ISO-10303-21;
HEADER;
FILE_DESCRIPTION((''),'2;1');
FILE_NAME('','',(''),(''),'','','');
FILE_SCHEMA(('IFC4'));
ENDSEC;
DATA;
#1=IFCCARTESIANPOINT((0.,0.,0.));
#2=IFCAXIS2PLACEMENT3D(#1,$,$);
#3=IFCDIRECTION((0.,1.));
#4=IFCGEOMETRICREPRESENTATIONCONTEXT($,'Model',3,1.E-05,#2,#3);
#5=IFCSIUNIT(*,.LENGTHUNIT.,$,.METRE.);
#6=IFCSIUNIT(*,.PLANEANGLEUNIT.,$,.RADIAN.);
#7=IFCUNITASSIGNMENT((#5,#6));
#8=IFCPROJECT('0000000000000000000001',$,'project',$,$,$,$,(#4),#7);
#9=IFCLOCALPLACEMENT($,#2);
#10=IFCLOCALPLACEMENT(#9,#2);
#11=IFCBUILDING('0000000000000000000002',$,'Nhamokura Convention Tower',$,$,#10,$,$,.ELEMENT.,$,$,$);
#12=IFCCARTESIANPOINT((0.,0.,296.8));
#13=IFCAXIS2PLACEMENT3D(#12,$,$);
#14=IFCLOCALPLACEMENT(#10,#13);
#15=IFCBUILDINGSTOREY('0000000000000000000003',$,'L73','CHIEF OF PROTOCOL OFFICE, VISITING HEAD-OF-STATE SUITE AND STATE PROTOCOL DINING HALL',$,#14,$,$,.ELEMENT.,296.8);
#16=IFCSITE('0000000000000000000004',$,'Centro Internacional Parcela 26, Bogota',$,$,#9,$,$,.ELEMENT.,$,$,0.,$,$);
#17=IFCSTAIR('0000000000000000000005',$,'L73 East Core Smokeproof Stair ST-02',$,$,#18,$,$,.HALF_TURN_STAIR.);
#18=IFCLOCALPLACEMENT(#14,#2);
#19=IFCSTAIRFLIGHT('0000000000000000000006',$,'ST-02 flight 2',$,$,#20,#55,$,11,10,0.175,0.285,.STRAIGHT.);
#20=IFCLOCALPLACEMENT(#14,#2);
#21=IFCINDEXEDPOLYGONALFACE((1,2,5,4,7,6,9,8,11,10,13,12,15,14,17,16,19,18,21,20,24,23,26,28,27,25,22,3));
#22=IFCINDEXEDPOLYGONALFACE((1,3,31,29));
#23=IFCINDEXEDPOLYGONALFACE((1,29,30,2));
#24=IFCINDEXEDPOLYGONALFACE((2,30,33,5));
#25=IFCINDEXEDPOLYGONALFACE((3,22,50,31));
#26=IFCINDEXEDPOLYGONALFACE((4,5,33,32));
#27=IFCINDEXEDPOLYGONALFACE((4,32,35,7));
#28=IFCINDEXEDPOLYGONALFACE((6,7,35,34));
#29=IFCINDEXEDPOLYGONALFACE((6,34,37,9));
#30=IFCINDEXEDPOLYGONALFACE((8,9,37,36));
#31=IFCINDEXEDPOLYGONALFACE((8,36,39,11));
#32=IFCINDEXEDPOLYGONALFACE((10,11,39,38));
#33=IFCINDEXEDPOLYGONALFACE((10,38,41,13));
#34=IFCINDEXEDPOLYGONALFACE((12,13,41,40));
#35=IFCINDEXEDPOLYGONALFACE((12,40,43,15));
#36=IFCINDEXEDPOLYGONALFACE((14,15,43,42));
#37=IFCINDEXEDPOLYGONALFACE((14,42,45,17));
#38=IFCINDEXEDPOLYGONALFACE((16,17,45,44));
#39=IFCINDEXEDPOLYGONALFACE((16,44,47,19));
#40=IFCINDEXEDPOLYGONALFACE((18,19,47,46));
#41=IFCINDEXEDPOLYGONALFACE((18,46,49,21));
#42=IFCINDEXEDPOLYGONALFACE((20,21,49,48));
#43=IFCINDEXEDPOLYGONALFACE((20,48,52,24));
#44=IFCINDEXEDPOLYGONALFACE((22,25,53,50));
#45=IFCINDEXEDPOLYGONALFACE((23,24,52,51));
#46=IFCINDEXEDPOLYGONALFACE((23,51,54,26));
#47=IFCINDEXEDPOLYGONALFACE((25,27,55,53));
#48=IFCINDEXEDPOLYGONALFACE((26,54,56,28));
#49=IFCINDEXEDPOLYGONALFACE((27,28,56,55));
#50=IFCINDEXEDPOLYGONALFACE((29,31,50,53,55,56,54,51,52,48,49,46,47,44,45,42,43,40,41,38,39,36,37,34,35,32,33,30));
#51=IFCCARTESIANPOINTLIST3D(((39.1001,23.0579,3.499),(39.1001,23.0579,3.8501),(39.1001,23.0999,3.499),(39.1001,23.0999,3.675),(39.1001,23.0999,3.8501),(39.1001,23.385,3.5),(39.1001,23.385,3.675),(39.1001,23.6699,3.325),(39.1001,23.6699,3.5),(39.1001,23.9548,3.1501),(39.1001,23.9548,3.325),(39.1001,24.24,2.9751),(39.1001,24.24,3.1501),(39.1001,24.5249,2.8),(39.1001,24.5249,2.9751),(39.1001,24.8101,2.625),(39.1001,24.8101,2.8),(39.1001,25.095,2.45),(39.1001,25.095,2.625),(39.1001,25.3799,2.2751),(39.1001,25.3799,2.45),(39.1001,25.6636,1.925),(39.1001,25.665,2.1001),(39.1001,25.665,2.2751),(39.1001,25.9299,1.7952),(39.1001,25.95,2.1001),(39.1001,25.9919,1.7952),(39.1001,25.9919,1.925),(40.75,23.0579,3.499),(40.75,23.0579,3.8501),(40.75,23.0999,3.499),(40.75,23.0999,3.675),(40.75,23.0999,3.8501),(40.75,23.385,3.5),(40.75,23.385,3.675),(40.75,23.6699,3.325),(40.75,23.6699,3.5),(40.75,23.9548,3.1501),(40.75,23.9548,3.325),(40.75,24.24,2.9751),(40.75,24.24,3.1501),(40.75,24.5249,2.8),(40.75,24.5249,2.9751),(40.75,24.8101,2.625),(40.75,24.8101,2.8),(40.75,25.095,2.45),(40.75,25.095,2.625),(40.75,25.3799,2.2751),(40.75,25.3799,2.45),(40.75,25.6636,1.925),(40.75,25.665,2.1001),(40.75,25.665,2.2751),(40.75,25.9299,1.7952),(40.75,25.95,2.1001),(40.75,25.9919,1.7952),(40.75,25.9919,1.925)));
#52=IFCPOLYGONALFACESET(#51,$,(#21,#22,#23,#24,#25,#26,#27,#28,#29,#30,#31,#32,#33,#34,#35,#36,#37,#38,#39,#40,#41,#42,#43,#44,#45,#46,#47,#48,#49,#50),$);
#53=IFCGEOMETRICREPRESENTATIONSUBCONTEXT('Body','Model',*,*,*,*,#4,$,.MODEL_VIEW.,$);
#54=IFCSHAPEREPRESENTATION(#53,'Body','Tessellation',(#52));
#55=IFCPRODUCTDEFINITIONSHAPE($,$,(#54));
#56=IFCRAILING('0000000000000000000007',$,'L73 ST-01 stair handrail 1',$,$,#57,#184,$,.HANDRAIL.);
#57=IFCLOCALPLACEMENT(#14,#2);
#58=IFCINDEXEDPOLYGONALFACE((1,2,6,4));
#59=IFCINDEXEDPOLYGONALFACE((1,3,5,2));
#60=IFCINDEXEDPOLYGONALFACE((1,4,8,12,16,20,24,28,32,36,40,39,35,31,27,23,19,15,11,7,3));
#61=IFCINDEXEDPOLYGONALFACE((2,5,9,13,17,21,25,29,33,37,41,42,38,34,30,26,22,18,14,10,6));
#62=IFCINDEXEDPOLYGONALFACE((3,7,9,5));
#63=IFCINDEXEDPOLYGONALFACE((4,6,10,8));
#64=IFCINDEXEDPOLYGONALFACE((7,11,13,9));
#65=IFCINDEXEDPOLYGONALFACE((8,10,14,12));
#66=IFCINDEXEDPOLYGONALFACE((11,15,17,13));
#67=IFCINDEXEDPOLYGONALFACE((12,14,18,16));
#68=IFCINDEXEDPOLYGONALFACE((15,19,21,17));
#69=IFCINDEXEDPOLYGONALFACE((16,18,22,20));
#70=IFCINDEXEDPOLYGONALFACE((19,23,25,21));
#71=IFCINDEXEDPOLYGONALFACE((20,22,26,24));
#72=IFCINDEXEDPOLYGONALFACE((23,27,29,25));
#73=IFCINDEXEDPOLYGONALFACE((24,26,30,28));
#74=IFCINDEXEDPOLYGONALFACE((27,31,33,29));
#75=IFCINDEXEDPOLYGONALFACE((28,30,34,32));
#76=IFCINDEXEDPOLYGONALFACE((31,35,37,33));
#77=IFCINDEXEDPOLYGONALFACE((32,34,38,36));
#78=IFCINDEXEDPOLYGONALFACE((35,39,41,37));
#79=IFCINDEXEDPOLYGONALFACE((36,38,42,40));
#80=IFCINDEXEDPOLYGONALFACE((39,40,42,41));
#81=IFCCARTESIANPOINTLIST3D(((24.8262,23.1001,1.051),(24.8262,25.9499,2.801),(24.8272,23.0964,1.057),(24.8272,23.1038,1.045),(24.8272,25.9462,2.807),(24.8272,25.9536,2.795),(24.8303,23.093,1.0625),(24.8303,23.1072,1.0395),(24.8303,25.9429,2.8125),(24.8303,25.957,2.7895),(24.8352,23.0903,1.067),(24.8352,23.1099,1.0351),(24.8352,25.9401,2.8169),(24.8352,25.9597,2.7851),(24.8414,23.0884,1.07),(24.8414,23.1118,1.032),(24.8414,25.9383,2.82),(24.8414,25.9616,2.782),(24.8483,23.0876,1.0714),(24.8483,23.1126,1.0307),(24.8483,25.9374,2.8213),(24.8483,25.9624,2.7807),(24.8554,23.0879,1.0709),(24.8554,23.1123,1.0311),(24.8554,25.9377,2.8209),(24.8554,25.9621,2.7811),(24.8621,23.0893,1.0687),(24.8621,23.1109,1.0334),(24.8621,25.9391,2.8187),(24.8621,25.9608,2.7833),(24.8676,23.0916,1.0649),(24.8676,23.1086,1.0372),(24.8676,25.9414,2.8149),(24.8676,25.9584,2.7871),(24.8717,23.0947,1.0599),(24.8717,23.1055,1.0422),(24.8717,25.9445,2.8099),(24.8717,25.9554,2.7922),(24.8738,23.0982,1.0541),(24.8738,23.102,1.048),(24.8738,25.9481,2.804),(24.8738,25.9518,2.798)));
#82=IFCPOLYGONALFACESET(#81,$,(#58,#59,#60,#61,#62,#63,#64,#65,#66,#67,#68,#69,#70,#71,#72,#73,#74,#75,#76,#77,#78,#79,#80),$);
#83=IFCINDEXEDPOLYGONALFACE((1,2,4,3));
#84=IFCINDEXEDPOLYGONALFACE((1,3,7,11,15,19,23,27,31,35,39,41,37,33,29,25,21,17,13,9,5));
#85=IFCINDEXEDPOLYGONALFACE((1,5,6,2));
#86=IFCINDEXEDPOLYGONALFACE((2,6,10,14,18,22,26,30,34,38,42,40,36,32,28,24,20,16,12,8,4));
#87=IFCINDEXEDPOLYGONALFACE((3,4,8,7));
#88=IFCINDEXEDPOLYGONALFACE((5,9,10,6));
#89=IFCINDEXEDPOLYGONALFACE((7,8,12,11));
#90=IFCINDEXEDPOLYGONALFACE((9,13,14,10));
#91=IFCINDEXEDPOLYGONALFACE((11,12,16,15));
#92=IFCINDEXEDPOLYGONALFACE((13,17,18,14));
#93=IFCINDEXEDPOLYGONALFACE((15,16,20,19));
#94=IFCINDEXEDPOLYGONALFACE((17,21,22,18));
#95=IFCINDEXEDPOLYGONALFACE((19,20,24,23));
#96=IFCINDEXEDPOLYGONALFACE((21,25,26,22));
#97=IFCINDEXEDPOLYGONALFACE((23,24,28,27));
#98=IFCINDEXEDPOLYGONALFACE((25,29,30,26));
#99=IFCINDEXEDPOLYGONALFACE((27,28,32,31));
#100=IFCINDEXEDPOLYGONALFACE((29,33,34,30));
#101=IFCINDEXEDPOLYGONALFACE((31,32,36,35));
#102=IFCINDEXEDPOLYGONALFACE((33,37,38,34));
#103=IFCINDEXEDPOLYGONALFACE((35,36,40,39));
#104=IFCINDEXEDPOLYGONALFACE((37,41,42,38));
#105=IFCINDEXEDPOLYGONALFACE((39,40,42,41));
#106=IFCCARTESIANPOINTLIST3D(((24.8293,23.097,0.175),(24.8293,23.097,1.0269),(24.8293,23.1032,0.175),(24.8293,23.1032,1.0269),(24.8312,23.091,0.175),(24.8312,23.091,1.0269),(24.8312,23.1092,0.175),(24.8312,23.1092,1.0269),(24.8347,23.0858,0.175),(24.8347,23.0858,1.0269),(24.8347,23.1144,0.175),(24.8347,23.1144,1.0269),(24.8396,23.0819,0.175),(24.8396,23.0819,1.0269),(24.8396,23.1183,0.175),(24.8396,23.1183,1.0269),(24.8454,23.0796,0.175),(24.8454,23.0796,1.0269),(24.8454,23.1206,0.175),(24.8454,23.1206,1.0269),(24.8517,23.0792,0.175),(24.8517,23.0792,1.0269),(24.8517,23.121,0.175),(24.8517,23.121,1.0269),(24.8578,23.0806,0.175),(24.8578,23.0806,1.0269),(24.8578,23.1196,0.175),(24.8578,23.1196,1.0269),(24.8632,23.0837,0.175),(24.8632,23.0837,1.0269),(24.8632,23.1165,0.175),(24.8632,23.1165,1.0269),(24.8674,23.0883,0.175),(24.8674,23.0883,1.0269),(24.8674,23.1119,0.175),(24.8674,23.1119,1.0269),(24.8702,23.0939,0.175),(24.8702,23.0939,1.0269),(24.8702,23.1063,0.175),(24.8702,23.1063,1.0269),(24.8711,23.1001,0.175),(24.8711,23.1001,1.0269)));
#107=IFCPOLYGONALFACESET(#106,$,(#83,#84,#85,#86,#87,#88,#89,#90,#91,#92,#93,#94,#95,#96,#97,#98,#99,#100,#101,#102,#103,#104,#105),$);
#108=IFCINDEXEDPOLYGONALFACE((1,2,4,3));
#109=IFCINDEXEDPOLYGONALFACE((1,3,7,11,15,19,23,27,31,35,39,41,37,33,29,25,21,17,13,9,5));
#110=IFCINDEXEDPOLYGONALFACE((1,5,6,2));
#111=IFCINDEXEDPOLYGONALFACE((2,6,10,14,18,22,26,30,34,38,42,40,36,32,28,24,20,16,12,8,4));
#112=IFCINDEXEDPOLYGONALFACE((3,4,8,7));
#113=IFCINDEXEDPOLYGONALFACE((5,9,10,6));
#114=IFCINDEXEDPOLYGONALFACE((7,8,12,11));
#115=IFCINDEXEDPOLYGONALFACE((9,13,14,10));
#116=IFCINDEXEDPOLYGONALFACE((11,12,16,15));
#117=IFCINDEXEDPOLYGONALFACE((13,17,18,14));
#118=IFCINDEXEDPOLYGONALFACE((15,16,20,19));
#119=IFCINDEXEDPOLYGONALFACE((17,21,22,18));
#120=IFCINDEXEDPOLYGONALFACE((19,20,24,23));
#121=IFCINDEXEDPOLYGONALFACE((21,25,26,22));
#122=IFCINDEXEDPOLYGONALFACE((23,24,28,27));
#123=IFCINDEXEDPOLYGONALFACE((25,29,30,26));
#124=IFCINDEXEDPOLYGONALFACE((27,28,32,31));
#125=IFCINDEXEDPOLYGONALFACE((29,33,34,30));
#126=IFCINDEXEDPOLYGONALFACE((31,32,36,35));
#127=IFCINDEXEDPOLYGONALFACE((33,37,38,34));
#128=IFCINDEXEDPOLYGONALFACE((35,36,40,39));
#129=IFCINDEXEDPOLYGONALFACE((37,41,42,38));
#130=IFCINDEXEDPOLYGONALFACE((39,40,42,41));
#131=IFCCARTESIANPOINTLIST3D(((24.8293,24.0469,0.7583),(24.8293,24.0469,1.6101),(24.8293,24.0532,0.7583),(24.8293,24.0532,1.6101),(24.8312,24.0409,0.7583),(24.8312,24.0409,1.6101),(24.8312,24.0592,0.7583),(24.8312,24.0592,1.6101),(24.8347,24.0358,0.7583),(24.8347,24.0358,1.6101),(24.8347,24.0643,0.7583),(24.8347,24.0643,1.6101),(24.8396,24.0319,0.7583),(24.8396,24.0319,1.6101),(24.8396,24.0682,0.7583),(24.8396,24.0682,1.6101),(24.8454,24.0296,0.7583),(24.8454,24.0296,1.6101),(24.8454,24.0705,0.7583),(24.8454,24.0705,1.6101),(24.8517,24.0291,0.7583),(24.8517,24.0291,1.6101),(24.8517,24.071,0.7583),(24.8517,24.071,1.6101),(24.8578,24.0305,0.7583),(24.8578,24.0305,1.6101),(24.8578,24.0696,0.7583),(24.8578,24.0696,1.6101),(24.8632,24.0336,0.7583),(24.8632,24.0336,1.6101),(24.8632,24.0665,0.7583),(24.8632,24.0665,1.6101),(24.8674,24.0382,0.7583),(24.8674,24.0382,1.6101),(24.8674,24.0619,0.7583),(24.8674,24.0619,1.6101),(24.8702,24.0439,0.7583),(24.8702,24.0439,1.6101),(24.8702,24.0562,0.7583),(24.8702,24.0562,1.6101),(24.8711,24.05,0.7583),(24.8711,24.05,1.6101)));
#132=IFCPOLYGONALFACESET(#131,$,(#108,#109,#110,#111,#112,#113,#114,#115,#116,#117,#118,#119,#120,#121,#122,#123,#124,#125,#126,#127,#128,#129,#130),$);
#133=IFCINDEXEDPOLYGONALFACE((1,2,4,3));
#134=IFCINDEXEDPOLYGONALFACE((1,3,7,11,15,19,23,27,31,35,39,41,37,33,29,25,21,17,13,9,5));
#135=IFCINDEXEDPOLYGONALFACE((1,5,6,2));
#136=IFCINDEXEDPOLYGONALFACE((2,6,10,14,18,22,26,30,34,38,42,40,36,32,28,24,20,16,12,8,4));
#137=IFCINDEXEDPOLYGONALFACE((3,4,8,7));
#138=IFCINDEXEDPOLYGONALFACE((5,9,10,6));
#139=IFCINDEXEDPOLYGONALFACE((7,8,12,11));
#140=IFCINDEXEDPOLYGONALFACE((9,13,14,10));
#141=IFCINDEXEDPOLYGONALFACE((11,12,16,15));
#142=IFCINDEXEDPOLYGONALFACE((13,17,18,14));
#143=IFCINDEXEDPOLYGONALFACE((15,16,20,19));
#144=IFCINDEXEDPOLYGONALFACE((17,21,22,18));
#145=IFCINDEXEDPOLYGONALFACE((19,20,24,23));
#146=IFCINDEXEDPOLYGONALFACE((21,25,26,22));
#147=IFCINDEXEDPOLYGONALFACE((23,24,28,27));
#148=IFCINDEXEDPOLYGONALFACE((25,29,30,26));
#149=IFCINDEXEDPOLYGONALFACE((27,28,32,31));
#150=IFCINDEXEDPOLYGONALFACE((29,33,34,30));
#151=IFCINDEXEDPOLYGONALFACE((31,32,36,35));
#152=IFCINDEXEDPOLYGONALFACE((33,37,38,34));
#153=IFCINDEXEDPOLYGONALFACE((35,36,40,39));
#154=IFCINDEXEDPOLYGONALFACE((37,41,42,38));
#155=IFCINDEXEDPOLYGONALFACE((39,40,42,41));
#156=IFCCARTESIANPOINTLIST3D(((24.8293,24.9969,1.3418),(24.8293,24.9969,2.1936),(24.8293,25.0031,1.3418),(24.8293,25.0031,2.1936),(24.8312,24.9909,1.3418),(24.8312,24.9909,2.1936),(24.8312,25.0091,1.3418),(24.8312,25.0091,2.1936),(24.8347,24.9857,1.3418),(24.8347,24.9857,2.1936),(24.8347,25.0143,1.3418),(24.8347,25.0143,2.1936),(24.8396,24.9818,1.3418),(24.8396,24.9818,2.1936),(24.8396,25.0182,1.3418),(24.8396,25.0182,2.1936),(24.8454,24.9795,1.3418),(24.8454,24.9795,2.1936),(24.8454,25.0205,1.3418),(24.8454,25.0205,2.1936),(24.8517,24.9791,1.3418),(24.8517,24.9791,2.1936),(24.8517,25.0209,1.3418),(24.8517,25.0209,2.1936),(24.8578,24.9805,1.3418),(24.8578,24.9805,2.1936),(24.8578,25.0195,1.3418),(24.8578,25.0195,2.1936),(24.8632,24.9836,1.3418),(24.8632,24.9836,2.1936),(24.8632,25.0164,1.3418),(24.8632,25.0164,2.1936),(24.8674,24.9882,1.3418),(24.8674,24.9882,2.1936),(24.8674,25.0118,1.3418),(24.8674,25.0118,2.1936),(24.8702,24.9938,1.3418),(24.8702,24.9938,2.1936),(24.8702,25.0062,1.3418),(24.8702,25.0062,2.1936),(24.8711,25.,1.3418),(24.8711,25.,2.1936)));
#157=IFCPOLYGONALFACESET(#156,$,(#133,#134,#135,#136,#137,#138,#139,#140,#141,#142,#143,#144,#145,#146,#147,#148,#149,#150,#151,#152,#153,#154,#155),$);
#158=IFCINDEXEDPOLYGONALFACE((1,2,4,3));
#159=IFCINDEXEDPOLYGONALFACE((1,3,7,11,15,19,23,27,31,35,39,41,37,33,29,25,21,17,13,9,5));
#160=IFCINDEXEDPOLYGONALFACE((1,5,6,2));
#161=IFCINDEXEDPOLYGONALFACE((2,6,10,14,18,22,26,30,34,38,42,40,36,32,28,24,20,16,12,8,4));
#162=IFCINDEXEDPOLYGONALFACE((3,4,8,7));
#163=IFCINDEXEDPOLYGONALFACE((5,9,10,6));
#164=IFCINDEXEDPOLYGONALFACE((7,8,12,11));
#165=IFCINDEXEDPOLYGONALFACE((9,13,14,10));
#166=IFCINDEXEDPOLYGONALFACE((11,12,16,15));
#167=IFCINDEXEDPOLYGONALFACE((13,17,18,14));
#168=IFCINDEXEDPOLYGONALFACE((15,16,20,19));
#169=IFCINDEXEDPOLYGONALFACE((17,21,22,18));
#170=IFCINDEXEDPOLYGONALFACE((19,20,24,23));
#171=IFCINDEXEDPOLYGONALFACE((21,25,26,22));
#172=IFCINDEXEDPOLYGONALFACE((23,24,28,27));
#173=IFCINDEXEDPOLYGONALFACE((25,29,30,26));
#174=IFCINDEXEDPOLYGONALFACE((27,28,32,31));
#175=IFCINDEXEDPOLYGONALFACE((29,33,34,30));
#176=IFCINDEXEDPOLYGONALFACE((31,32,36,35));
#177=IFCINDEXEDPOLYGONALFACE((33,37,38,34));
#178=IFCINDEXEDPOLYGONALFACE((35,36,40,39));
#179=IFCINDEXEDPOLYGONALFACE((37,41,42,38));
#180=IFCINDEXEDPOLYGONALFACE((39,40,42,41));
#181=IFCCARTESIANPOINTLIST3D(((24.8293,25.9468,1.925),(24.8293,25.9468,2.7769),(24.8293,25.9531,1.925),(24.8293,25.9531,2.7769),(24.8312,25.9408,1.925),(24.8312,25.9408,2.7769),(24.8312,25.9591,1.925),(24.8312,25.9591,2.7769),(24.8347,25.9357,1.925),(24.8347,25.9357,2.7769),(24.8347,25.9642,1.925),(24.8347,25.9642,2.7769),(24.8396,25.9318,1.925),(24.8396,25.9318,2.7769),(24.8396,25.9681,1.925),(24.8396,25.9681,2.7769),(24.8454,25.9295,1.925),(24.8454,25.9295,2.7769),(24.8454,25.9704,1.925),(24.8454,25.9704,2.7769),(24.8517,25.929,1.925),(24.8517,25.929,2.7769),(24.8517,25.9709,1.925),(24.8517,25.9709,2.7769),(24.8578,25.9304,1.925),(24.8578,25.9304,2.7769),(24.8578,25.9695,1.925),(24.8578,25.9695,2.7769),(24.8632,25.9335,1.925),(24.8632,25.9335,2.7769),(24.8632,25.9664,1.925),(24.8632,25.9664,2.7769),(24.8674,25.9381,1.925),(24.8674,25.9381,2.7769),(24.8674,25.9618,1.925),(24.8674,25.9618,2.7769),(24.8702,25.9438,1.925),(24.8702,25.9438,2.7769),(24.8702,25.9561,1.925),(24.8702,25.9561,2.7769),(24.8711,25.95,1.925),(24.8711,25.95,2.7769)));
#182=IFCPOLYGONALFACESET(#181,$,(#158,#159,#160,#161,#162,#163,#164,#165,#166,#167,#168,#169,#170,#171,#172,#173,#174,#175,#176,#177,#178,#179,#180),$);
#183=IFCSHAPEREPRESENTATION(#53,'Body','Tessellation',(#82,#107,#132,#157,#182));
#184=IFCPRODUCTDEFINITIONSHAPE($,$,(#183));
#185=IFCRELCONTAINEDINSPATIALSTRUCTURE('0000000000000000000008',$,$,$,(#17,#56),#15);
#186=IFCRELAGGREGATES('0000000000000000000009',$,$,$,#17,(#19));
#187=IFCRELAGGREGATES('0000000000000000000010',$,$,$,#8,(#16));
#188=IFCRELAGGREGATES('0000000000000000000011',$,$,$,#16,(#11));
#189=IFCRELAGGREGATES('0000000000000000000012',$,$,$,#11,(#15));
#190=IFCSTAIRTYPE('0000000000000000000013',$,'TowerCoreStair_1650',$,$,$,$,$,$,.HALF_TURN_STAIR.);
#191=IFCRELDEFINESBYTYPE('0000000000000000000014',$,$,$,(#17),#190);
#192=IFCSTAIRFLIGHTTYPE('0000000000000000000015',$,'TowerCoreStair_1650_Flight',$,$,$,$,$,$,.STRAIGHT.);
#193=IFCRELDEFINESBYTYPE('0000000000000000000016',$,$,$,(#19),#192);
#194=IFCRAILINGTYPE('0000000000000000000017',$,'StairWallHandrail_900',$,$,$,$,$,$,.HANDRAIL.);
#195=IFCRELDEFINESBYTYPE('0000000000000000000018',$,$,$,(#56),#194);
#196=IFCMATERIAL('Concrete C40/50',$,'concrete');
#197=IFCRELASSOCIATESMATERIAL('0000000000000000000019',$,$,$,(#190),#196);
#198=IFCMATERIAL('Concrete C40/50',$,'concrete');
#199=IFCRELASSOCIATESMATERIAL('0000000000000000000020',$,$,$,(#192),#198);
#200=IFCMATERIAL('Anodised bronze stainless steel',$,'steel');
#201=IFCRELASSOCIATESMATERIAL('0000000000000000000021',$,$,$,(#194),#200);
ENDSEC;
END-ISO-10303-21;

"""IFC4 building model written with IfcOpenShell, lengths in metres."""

from ifc_helpers import new_model, si_unit, direction, frame, origin, origin_2d, place, context, subcontext, project, spatial, polyline, circle, outline, extrude, material, type_object, element, aggregate, save


model = new_model("IFC4")

# Units and contexts
model_context = context("Model", 3, precision=1e-05, world=origin(), true_north=direction((0.0, 1.0)))
body_context = subcontext(model_context, "Body", "Model", "MODEL_VIEW")
ifc_project = project(units=[si_unit("LENGTHUNIT", "METRE"), si_unit("PLANEANGLEUNIT", "RADIAN")], contexts=[model_context])

# Site, building, storey
site_placement = place(None, origin())
site = spatial("IfcSite", under=ifc_project, at=site_placement, Name="Centro Internacional Parcela 26, Bogota", CompositionType="ELEMENT", RefElevation=0.0)
building_placement = place(site_placement, origin())
building = spatial("IfcBuilding", under=site, at=building_placement, Name="Nhamokura Convention Tower", CompositionType="ELEMENT")
storey_placement = place(building_placement, frame((0.0, 0.0, 296.8)))
storey = spatial("IfcBuildingStorey", under=building, at=storey_placement, Name="L73", Description="CHIEF OF PROTOCOL OFFICE, VISITING HEAD-OF-STATE SUITE AND STATE PROTOCOL DINING HALL", CompositionType="ELEMENT", Elevation=296.8)

# Stair, stair flight
ifc_material_1 = material(Name="Concrete C40/50", Category="concrete")
stair_type = type_object("IfcStairType", Name="TowerCoreStair_1650", PredefinedType="HALF_TURN_STAIR", material=ifc_material_1)
ifc_material_2 = material(Name="Concrete C40/50", Category="concrete")
stair_flight_type = type_object("IfcStairFlightType", Name="TowerCoreStair_1650_Flight", PredefinedType="STRAIGHT", material=ifc_material_2)
stair_1_placement = place(storey_placement, origin())
stair_1 = element("IfcStair", 1, at=stair_1_placement, inside=storey, type_object=stair_type, Name="L73 East Core Smokeproof Stair ST-02", PredefinedType="HALF_TURN_STAIR")
stair_flight_1_placement = place(storey_placement, frame((39.925, 25.95, 1.925), z_axis=(0.0, 0.0, 1.0), x_axis=(0.0, -1.0, 0.0)))
stair_flight_1 = element("IfcStairFlight", 2, at=stair_flight_1_placement, type_object=stair_flight_type, Name="ST-02 flight 2", NumberOfRisers=11, NumberOfTreads=10, PredefinedType="STRAIGHT", RiserHeight=0.175, TreadLength=0.285, context=body_context, shape_type="SweptSolid", body=[
    extrude(outline(polyline([(-0.042, 0.0), (0.0, 0.175), (0.2849, 0.175), (0.2849, 0.3501), (0.5701, 0.3501), (0.5701, 0.5249), (0.855, 0.5249), (0.855, 0.7), (1.1399, 0.7), (1.1399, 0.875), (1.425, 0.875), (1.425, 1.05), (1.71, 1.05), (1.71, 1.2251), (1.9951, 1.2251), (1.9951, 1.3999), (2.28, 1.3999), (2.28, 1.575), (2.5649, 1.575), (2.5649, 1.75), (2.8501, 1.75), (2.8501, 1.925), (2.8921, 1.925), (2.8921, 1.574), (2.8501, 1.574), (0.2864, 0.0), (0.02, -0.1299), (-0.042, -0.1299), (-0.042, 0.0)])), frame((0.0, 0.825, 0.0), z_axis=(0.0, -1.0, 0.0), x_axis=(1.0, 0.0, 0.0)), (0.0, 0.0, 1.0), 1.6499),
])
aggregate(stair_1, [stair_flight_1])

# Railing
ifc_material_3 = material(Name="Anodised bronze stainless steel", Category="steel")
railing_type_1 = type_object("IfcRailingType", Name="StairWallHandrail_900", PredefinedType="HANDRAIL", material=ifc_material_3)
railing_1_placement = place(storey_placement, frame((24.8501, 23.1001, 0.175)))
element("IfcRailing", 3, at=railing_1_placement, inside=storey, type_object=railing_type_1, Name="L73 ST-01 stair handrail 1", PredefinedType="HANDRAIL", context=body_context, shape_type="SweptSolid", body=[
    extrude(circle(Radius=0.0239, at=origin_2d()), frame((0.0, 0.0, 0.876), z_axis=(0.0, 0.852159, 0.523283), x_axis=(-1.0, 0.0, 0.0)), (0.0, 0.0, 1.0), 3.3442),
    extrude(circle(Radius=0.021, at=origin_2d()), origin(), (0.0, 0.0, 1.0), 0.8518),
    extrude(circle(Radius=0.021, at=origin_2d()), frame((0.0, 0.95, 0.5833)), (0.0, 0.0, 1.0), 0.8518),
    extrude(circle(Radius=0.021, at=origin_2d()), frame((0.0, 1.8999, 1.1667)), (0.0, 0.0, 1.0), 0.8518),
    extrude(circle(Radius=0.021, at=origin_2d()), frame((0.0, 2.8499, 1.75)), (0.0, 0.0, 1.0), 0.8518),
])

save(model, "model.ifc")
